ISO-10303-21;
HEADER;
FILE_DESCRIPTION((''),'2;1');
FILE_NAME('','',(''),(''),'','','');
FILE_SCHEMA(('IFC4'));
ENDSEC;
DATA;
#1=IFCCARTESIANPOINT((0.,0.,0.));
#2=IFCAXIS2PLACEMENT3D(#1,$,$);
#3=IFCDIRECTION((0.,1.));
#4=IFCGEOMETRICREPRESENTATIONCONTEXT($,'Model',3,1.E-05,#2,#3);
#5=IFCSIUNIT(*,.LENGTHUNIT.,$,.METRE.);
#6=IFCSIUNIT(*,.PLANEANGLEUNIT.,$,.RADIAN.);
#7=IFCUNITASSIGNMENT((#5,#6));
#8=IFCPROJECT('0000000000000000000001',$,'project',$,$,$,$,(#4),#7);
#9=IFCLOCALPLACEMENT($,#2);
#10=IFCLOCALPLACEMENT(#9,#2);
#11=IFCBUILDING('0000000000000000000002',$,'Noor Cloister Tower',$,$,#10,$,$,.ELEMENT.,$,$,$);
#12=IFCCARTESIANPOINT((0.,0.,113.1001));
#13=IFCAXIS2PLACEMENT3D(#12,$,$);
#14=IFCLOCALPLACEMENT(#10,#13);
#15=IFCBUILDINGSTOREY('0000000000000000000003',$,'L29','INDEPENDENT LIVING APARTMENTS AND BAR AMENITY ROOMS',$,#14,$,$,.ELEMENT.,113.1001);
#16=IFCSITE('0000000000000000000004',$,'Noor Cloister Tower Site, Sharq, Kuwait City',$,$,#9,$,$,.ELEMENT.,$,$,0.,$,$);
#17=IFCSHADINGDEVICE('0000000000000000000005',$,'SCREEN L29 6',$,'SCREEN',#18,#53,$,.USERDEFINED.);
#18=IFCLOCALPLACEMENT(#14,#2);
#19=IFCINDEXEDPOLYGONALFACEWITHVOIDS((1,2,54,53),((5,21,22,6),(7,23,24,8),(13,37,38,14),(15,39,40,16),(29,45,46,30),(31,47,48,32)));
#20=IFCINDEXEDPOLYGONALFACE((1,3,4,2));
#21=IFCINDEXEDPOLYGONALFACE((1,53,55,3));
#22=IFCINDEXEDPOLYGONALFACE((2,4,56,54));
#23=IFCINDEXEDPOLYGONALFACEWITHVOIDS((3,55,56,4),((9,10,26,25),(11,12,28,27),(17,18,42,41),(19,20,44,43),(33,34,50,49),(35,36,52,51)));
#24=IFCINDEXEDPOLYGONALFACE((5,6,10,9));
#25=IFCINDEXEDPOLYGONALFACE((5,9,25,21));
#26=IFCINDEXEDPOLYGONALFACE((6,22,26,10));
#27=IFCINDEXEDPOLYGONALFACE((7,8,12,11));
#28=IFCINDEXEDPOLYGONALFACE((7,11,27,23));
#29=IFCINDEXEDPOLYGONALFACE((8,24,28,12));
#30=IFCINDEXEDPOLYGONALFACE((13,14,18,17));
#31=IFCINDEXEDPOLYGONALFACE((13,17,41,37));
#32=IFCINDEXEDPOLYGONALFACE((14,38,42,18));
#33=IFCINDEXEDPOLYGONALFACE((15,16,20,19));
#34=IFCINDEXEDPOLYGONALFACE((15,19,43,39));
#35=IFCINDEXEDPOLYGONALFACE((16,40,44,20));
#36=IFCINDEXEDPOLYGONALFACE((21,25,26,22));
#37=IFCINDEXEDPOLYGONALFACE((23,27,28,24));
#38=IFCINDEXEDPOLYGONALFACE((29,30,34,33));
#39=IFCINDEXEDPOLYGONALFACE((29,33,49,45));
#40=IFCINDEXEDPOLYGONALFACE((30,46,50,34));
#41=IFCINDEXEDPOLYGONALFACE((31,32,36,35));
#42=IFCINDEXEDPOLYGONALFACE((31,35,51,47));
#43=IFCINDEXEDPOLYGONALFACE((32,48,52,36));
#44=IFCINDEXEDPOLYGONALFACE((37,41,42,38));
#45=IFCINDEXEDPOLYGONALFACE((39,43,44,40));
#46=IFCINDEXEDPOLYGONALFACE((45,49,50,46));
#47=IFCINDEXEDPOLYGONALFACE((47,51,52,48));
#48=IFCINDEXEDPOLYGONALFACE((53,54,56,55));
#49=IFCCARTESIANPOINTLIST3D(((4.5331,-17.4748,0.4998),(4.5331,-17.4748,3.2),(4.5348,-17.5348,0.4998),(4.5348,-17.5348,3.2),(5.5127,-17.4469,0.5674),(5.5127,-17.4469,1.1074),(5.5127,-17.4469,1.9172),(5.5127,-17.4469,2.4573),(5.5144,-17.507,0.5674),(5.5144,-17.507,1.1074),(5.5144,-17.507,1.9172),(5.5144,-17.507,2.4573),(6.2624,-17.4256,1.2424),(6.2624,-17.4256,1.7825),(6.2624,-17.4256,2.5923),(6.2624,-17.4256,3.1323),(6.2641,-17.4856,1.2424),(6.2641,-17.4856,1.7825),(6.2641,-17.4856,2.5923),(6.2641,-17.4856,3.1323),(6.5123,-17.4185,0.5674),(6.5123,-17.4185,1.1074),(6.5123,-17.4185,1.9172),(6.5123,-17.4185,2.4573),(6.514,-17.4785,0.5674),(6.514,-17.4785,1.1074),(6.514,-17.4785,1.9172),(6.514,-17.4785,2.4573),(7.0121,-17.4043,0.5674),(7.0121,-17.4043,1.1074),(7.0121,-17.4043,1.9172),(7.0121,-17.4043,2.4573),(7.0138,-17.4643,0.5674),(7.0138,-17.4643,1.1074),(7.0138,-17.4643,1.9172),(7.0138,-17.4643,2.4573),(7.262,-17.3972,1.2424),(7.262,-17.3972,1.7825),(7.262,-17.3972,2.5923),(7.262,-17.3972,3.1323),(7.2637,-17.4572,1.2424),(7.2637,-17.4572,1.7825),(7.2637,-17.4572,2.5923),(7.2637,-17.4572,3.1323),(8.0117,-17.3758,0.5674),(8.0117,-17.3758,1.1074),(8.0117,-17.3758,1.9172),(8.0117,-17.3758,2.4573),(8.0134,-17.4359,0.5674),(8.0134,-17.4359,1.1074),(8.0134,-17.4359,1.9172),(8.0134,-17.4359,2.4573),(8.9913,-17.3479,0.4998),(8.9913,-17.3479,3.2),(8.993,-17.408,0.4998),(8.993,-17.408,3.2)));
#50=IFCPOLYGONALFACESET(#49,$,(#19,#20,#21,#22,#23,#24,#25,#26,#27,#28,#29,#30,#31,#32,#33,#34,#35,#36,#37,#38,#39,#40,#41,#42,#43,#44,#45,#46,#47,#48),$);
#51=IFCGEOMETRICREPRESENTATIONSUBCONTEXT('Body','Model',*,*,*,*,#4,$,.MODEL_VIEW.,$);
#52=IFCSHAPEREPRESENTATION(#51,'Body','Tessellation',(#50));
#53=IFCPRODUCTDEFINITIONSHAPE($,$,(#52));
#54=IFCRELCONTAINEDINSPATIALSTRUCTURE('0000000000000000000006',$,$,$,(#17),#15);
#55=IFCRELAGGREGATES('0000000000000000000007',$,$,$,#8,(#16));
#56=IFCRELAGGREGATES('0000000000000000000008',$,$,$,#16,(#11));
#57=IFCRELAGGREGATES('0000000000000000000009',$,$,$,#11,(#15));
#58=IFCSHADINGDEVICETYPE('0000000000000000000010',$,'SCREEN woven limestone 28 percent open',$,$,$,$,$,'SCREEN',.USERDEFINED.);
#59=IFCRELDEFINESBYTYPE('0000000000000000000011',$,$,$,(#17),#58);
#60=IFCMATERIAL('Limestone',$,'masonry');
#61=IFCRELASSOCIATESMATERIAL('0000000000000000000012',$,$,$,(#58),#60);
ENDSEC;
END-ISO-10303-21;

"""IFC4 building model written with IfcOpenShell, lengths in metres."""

from ifc_helpers import new_model, si_unit, direction, frame, origin, place, context, subcontext, project, spatial, polyline, outline, extrude, material, material_profile, profile_set, type_object, element, save


model = new_model("IFC4")

# Units and contexts
model_context = context("Model", 3, precision=1e-05, world=origin(), true_north=direction((0.0, 1.0)))
body_context = subcontext(model_context, "Body", "Model", "MODEL_VIEW")
ifc_project = project(units=[si_unit("LENGTHUNIT", "METRE"), si_unit("PLANEANGLEUNIT", "RADIAN")], contexts=[model_context])

# Site, building, storey
site_placement = place(None, origin())
site = spatial("IfcSite", under=ifc_project, at=site_placement, Name="Noor Cloister Tower Site, Sharq, Kuwait City", CompositionType="ELEMENT", RefElevation=0.0)
building_placement = place(site_placement, origin())
building = spatial("IfcBuilding", under=site, at=building_placement, Name="Noor Cloister Tower", CompositionType="ELEMENT")
storey_placement = place(building_placement, frame((0.0, 0.0, 113.1001)))
storey = spatial("IfcBuildingStorey", under=building, at=storey_placement, Name="L29", Description="INDEPENDENT LIVING APARTMENTS AND BAR AMENITY ROOMS", CompositionType="ELEMENT", Elevation=113.1001)

# Shading device
ifc_material_1 = material(Name="Limestone", Category="masonry")
ifc_material_profile_1 = material_profile(ifc_material_1, outline(polyline([(-2.23, -1.3501), (2.23, -1.3501), (2.23, 1.3501), (-2.23, 1.3501), (-2.23, -1.3501)]), holes=[polyline([(-1.25, -1.2825), (-0.25, -1.2825), (-0.25, -0.7424), (-1.25, -0.7424), (-1.25, -1.2825)]), polyline([(0.25, -1.2825), (1.25, -1.2825), (1.25, -0.7424), (0.25, -0.7424), (0.25, -1.2825)]), polyline([(-0.5, -0.6074), (0.5, -0.6074), (0.5, -0.0674), (-0.5, -0.0674), (-0.5, -0.6074)]), polyline([(-1.25, 0.0674), (-0.25, 0.0674), (-0.25, 0.6074), (-1.25, 0.6074), (-1.25, 0.0674)]), polyline([(0.25, 0.0674), (1.25, 0.0674), (1.25, 0.6074), (0.25, 0.6074), (0.25, 0.0674)]), polyline([(-0.5, 0.7424), (0.5, 0.7424), (0.5, 1.2825), (-0.5, 1.2825), (-0.5, 0.7424)])]), Name="Woven screen 28 percent open")
ifc_profile_set_1 = profile_set([ifc_material_profile_1], Name="Limestone")
shading_device_type = type_object("IfcShadingDeviceType", Name="SCREEN woven limestone 28 percent open", ElementType="SCREEN", PredefinedType="USERDEFINED", material=ifc_profile_set_1)
shading_device_1_placement = place(storey_placement, frame((6.7622, -17.4114, 1.8499), z_axis=(0.028444, -0.999595, 0.0), x_axis=(0.999595, 0.028444, 0.0)))
element("IfcShadingDevice", 1, at=shading_device_1_placement, inside=storey, type_object=shading_device_type, Name="SCREEN L29 6", ObjectType="SCREEN", PredefinedType="USERDEFINED", context=body_context, shape_type="SweptSolid", body=[
    extrude(outline(polyline([(-2.23, -1.3501), (2.23, -1.3501), (2.23, 1.3501), (-2.23, 1.3501), (-2.23, -1.3501)]), holes=[polyline([(-1.25, -1.2825), (-0.25, -1.2825), (-0.25, -0.7424), (-1.25, -0.7424), (-1.25, -1.2825)]), polyline([(0.25, -1.2825), (1.25, -1.2825), (1.25, -0.7424), (0.25, -0.7424), (0.25, -1.2825)]), polyline([(-0.5, -0.6074), (0.5, -0.6074), (0.5, -0.0674), (-0.5, -0.0674), (-0.5, -0.6074)]), polyline([(-1.25, 0.0674), (-0.25, 0.0674), (-0.25, 0.6074), (-1.25, 0.6074), (-1.25, 0.0674)]), polyline([(0.25, 0.0674), (1.25, 0.0674), (1.25, 0.6074), (0.25, 0.6074), (0.25, 0.0674)]), polyline([(-0.5, 0.7424), (0.5, 0.7424), (0.5, 1.2825), (-0.5, 1.2825), (-0.5, 0.7424)])]), origin(), (0.0, 0.0, 1.0), 0.0601),
])

save(model, "model.ifc")
